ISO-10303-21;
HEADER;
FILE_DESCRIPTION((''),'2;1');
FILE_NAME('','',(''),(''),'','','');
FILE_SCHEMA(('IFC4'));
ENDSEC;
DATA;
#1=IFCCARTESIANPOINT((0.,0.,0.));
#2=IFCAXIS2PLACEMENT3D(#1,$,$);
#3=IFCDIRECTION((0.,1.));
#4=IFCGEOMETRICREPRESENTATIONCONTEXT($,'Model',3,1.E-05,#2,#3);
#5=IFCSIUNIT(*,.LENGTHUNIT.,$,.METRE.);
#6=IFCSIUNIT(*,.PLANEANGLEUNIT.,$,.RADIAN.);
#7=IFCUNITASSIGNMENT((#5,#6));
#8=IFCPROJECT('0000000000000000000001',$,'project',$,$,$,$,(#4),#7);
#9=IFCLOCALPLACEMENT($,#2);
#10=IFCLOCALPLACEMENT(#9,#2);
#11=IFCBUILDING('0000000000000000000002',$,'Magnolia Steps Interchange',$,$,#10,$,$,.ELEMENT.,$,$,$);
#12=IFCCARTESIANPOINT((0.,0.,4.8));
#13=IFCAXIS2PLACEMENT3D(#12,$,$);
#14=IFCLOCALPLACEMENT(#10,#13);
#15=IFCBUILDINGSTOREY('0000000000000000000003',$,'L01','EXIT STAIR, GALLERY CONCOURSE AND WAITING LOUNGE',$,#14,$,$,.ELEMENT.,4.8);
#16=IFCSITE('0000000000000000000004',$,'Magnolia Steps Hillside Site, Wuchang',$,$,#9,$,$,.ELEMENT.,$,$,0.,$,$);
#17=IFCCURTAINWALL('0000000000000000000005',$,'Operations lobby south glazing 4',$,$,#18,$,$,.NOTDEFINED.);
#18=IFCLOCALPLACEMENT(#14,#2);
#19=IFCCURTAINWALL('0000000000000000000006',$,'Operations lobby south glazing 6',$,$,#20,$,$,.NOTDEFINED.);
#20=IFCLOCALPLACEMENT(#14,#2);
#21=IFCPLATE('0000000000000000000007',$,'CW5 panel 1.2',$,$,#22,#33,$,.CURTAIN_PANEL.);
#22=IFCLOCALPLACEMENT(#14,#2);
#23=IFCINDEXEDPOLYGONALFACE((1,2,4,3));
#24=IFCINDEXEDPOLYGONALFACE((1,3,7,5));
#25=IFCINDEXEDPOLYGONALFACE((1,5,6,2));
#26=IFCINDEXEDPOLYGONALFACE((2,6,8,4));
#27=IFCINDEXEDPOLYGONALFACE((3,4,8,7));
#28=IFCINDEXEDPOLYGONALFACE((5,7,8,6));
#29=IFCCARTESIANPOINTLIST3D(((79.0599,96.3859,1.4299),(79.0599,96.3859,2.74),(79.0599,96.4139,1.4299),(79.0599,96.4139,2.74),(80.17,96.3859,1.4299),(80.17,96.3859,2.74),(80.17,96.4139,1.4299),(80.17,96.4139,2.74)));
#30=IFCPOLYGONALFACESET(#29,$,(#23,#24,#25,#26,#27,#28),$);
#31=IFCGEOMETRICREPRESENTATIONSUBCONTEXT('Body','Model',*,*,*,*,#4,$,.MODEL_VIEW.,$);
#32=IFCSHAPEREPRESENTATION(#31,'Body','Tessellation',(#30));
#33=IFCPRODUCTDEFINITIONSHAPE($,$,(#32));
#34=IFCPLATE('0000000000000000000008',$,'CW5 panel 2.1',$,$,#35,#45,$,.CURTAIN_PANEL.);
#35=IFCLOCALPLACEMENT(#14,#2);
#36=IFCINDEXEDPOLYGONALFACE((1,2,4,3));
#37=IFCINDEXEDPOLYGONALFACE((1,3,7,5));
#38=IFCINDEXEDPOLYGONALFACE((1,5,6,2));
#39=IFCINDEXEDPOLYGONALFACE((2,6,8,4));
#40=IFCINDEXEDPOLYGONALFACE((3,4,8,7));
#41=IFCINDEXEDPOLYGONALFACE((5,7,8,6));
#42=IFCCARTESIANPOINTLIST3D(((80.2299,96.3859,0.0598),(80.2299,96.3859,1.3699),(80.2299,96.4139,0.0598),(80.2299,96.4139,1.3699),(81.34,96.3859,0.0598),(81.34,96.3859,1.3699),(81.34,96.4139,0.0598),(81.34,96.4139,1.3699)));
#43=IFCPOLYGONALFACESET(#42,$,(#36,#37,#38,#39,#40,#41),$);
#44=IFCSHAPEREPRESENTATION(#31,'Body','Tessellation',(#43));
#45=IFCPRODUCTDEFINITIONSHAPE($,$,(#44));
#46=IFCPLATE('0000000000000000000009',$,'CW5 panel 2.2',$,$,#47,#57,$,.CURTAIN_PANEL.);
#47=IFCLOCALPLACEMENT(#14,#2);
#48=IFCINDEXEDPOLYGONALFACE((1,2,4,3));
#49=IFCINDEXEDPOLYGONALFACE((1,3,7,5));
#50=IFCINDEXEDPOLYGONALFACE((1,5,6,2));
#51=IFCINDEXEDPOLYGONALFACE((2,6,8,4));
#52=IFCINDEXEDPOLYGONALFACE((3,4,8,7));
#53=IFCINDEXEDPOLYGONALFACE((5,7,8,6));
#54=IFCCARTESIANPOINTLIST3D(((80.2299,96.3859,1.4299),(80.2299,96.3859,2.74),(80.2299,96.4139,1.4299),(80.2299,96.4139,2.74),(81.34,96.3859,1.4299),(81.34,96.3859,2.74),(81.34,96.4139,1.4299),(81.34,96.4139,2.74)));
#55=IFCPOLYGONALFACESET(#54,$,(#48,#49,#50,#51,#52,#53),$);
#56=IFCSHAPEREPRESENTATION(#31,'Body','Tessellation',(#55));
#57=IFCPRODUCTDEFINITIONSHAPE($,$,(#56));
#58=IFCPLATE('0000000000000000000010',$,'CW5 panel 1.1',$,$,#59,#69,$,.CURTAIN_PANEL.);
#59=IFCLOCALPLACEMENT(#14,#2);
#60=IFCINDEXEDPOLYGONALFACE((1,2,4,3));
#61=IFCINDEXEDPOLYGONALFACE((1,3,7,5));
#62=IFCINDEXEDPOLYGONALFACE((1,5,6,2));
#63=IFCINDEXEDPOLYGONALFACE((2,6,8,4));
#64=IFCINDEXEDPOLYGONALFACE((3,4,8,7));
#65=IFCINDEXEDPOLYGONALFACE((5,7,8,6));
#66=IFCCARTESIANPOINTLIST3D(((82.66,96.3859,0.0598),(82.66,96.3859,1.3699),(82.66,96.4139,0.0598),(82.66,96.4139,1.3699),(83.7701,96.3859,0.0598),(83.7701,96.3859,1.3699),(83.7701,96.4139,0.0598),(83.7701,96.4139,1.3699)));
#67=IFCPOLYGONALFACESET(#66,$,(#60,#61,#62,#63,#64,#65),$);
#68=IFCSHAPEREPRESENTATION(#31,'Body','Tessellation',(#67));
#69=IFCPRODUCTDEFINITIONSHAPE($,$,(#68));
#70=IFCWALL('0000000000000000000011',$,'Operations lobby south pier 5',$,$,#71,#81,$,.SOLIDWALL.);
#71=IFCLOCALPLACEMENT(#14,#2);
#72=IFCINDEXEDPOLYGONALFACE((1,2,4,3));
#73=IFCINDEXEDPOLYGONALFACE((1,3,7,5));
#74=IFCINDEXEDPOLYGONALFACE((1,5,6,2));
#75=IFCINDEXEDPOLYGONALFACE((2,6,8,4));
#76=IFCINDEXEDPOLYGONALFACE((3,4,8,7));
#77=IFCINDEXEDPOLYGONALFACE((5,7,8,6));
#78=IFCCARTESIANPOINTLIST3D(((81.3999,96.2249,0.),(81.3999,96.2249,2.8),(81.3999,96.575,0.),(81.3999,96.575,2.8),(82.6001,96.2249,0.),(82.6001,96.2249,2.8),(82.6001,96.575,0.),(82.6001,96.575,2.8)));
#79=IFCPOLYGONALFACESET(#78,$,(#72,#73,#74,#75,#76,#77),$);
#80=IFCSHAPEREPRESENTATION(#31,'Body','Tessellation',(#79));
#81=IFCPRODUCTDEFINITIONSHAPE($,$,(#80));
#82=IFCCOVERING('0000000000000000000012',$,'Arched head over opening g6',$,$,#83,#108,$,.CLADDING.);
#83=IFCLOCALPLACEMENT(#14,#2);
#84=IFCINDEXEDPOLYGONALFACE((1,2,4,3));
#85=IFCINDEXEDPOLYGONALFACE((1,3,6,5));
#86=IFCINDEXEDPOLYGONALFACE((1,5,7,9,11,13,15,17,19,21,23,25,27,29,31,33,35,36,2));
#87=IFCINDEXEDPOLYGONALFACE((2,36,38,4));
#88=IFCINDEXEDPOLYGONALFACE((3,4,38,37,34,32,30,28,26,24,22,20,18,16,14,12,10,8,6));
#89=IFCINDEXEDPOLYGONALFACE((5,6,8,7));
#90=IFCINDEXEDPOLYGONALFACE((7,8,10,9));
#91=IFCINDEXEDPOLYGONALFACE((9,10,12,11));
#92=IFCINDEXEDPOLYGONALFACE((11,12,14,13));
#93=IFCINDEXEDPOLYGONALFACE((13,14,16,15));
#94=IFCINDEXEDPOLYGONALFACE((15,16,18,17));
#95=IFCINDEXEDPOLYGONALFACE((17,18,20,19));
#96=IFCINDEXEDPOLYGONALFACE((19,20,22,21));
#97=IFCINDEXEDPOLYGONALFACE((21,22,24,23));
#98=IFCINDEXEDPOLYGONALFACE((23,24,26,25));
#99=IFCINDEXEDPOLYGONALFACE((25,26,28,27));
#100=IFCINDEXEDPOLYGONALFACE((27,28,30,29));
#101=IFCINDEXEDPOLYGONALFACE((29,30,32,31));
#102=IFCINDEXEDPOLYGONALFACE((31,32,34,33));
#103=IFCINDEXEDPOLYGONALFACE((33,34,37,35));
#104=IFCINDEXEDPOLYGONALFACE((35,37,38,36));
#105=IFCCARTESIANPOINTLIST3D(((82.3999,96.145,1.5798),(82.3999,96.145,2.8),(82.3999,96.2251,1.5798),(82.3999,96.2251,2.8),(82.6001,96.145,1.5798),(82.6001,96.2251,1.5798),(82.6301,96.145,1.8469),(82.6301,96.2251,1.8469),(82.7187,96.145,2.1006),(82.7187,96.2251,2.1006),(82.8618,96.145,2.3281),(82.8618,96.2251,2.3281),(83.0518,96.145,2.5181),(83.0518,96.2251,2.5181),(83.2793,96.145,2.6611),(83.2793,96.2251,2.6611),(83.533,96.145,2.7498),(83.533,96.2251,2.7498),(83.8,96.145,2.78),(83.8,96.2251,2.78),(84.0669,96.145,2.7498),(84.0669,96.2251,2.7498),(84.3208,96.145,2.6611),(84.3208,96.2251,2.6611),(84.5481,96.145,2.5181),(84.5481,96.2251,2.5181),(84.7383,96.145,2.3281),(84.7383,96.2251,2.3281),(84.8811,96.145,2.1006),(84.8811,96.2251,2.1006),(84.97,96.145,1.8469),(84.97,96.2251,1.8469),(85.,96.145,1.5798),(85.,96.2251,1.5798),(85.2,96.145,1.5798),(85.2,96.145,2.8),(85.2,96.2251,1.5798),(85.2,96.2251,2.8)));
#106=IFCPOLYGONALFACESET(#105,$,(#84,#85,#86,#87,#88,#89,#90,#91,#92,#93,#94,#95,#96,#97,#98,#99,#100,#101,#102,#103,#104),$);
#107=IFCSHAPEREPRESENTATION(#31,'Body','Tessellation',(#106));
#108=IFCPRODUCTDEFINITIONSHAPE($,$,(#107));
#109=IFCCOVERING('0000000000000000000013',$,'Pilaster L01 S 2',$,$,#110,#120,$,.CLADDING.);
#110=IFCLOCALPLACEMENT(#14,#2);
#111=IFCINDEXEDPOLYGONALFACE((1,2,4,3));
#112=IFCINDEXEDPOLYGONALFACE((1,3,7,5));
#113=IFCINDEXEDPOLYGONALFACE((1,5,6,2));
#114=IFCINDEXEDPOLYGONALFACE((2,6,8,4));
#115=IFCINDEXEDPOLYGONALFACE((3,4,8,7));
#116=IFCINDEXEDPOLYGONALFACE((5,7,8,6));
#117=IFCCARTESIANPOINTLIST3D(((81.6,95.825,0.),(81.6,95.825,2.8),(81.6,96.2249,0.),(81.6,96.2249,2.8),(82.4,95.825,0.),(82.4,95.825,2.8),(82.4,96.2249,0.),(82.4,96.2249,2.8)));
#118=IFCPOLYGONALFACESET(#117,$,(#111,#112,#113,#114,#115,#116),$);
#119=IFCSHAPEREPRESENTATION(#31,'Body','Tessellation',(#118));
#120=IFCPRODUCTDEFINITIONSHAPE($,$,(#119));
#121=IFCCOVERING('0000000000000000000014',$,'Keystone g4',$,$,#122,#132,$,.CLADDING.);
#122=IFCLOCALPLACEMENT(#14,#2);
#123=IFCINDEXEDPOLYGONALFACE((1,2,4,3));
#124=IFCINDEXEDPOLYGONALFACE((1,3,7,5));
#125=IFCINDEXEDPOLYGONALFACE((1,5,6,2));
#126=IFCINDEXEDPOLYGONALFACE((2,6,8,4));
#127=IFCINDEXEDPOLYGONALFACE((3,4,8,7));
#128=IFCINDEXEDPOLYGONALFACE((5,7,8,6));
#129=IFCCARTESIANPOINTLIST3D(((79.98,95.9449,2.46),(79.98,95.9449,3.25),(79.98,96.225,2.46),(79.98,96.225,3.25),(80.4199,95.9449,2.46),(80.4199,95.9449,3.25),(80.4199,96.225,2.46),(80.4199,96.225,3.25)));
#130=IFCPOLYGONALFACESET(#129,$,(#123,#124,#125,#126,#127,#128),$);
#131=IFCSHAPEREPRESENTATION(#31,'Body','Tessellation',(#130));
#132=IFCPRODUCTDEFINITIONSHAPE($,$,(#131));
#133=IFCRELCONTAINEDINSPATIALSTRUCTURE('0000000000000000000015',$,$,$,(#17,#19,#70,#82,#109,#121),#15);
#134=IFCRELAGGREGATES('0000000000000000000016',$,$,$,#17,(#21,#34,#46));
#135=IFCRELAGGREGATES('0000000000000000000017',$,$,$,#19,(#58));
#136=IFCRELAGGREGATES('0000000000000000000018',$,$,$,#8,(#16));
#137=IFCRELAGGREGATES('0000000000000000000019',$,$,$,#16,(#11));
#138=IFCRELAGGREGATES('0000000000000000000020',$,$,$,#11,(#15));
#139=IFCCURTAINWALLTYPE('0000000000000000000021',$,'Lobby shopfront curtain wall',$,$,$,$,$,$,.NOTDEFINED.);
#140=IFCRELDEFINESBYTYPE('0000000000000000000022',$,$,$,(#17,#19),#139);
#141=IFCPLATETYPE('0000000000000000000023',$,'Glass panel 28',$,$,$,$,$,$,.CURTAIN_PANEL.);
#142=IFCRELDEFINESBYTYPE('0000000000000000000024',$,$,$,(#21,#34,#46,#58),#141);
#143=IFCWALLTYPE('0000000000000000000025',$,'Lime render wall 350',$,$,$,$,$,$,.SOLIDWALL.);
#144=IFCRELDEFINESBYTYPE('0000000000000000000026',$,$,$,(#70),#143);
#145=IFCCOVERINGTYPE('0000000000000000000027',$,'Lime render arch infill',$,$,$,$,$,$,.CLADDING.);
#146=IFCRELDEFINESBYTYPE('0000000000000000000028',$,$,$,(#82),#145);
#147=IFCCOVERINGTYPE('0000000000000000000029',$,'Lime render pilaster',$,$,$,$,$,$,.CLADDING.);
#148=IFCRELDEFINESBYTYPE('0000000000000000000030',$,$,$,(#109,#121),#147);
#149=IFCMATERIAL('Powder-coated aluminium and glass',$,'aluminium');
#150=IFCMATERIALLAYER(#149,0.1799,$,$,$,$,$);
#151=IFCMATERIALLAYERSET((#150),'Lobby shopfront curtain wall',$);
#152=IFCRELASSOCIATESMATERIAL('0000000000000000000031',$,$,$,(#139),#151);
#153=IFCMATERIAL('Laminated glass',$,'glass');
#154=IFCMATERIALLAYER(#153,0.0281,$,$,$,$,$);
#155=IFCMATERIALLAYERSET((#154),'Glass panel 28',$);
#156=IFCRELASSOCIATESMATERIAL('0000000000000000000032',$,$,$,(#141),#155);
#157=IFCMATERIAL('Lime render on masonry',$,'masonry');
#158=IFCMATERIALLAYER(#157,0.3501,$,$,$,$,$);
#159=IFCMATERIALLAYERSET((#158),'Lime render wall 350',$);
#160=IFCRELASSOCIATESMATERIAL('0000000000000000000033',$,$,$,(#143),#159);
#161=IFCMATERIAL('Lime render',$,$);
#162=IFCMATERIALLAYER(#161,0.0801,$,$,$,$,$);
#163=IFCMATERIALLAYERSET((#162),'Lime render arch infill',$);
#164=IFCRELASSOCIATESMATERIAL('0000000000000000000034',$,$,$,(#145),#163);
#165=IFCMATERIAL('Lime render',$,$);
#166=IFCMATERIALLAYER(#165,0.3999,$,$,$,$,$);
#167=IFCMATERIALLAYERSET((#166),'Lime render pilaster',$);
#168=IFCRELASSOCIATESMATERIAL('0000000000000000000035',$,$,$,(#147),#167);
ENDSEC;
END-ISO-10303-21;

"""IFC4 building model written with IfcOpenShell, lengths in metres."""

from ifc_helpers import new_model, si_unit, direction, frame, frame_2d, origin, origin_2d, place, context, subcontext, project, spatial, polyline, rectangle, outline, extrude, material, layer, layer_set, type_object, element, aggregate, save


model = new_model("IFC4")

# Units and contexts
model_context = context("Model", 3, precision=1e-05, world=origin(), true_north=direction((0.0, 1.0)))
body_context = subcontext(model_context, "Body", "Model", "MODEL_VIEW")
ifc_project = project(units=[si_unit("LENGTHUNIT", "METRE"), si_unit("PLANEANGLEUNIT", "RADIAN")], contexts=[model_context])

# Site, building, storey
site_placement = place(None, origin())
site = spatial("IfcSite", under=ifc_project, at=site_placement, Name="Magnolia Steps Hillside Site, Wuchang", CompositionType="ELEMENT", RefElevation=0.0)
building_placement = place(site_placement, origin())
building = spatial("IfcBuilding", under=site, at=building_placement, Name="Magnolia Steps Interchange", CompositionType="ELEMENT")
storey_placement = place(building_placement, frame((0.0, 0.0, 4.8)))
storey = spatial("IfcBuildingStorey", under=building, at=storey_placement, Name="L01", Description="EXIT STAIR, GALLERY CONCOURSE AND WAITING LOUNGE", CompositionType="ELEMENT", Elevation=4.8)

# Curtain wall
ifc_material_1 = material(Name="Powder-coated aluminium and glass", Category="aluminium")
ifc_layer_1 = layer(ifc_material_1, 0.1799)
ifc_layer_set_1 = layer_set([ifc_layer_1], Name="Lobby shopfront curtain wall")
curtain_wall_type = type_object("IfcCurtainWallType", Name="Lobby shopfront curtain wall", PredefinedType="NOTDEFINED", material=ifc_layer_set_1)
curtain_wall_1_placement = place(storey_placement, origin())
curtain_wall_1 = element("IfcCurtainWall", 1, at=curtain_wall_1_placement, inside=storey, type_object=curtain_wall_type, Name="Operations lobby south glazing 4", PredefinedType="NOTDEFINED")

# Curtain wall
curtain_wall_2_placement = place(storey_placement, origin())
curtain_wall_2 = element("IfcCurtainWall", 2, at=curtain_wall_2_placement, inside=storey, type_object=curtain_wall_type, Name="Operations lobby south glazing 6", PredefinedType="NOTDEFINED")

# Plates
ifc_material_2 = material(Name="Laminated glass", Category="glass")
ifc_layer_2 = layer(ifc_material_2, 0.0281)
ifc_layer_set_2 = layer_set([ifc_layer_2], Name="Glass panel 28")
plate_type = type_object("IfcPlateType", Name="Glass panel 28", PredefinedType="CURTAIN_PANEL", material=ifc_layer_set_2)
plate_1_placement = place(storey_placement, frame((79.615, 96.3999, 1.4299), z_axis=(0.0, 0.0, 1.0), x_axis=(1.0, 0.0, 0.0)))
plate_1 = element("IfcPlate", 3, at=plate_1_placement, type_object=plate_type, Name="CW5 panel 1.2", PredefinedType="CURTAIN_PANEL", context=body_context, shape_type="SweptSolid", body=[
    extrude(rectangle(XDim=1.1101, YDim=0.0281, at=origin_2d()), origin(), (0.0, 0.0, 1.0), 1.3101),
])
plate_2_placement = place(storey_placement, frame((80.7849, 96.3999, 0.0598), z_axis=(0.0, 0.0, 1.0), x_axis=(1.0, 0.0, 0.0)))
plate_2 = element("IfcPlate", 4, at=plate_2_placement, type_object=plate_type, Name="CW5 panel 2.1", PredefinedType="CURTAIN_PANEL", context=body_context, shape_type="SweptSolid", body=[
    extrude(rectangle(XDim=1.1101, YDim=0.0281, at=origin_2d()), origin(), (0.0, 0.0, 1.0), 1.3101),
])
plate_3_placement = place(storey_placement, frame((80.7849, 96.3999, 1.4299), z_axis=(0.0, 0.0, 1.0), x_axis=(1.0, 0.0, 0.0)))
plate_3 = element("IfcPlate", 5, at=plate_3_placement, type_object=plate_type, Name="CW5 panel 2.2", PredefinedType="CURTAIN_PANEL", context=body_context, shape_type="SweptSolid", body=[
    extrude(rectangle(XDim=1.1101, YDim=0.0281, at=origin_2d()), origin(), (0.0, 0.0, 1.0), 1.3101),
])
aggregate(curtain_wall_1, [plate_1, plate_2, plate_3])
plate_4_placement = place(storey_placement, frame((83.2151, 96.3999, 0.0598), z_axis=(0.0, 0.0, 1.0), x_axis=(1.0, 0.0, 0.0)))
plate_4 = element("IfcPlate", 6, at=plate_4_placement, type_object=plate_type, Name="CW5 panel 1.1", PredefinedType="CURTAIN_PANEL", context=body_context, shape_type="SweptSolid", body=[
    extrude(rectangle(XDim=1.1101, YDim=0.0281, at=origin_2d()), origin(), (0.0, 0.0, 1.0), 1.3101),
])
aggregate(curtain_wall_2, [plate_4])

# Wall
ifc_material_3 = material(Name="Lime render on masonry", Category="masonry")
ifc_layer_3 = layer(ifc_material_3, 0.3501)
ifc_layer_set_3 = layer_set([ifc_layer_3], Name="Lime render wall 350")
wall_type = type_object("IfcWallType", Name="Lime render wall 350", PredefinedType="SOLIDWALL", material=ifc_layer_set_3)
wall_placement = place(storey_placement, frame((81.3999, 96.3999, 0.0), z_axis=(0.0, 0.0, 1.0), x_axis=(1.0, 0.0, 0.0)))
element("IfcWall", 7, at=wall_placement, inside=storey, type_object=wall_type, Name="Operations lobby south pier 5", PredefinedType="SOLIDWALL", context=body_context, shape_type="SweptSolid", body=[
    extrude(rectangle(XDim=1.2002, YDim=0.3501, at=frame_2d((0.6001, 0.0))), origin(), (0.0, 0.0, 1.0), 2.8),
])

# Coverings
ifc_material_4 = material(Name="Lime render")
ifc_layer_4 = layer(ifc_material_4, 0.0801)
ifc_layer_set_4 = layer_set([ifc_layer_4], Name="Lime render arch infill")
covering_type_1 = type_object("IfcCoveringType", Name="Lime render arch infill", PredefinedType="CLADDING", material=ifc_layer_set_4)
covering_1_placement = place(storey_placement, frame((82.3999, 96.2251, 1.5798), z_axis=(0.0, 1.0, 0.0), x_axis=(0.0, 0.0, 1.0)))
element("IfcCovering", 8, at=covering_1_placement, inside=storey, type_object=covering_type_1, Name="Arched head over opening g6", PredefinedType="CLADDING", context=body_context, shape_type="SweptSolid", body=[
    extrude(outline(polyline([(0.0, 0.0), (1.2202, 0.0), (1.2202, 2.8), (0.0, 2.8), (0.0, 2.6001), (0.2671, 2.5701), (0.5208, 2.4812), (0.7483, 2.3384), (0.9382, 2.1482), (1.0813, 1.9209), (1.1699, 1.667), (1.2002, 1.4001), (1.1699, 1.1331), (1.0813, 0.8794), (0.9382, 0.6519), (0.7483, 0.4619), (0.5208, 0.3188), (0.2671, 0.2302), (0.0, 0.2002), (0.0, 0.0)])), origin(), (0.0, 0.0, -1.0), 0.0801),
])
ifc_material_5 = material(Name="Lime render")
ifc_layer_5 = layer(ifc_material_5, 0.3999)
ifc_layer_set_5 = layer_set([ifc_layer_5], Name="Lime render pilaster")
covering_type_2 = type_object("IfcCoveringType", Name="Lime render pilaster", PredefinedType="CLADDING", material=ifc_layer_set_5)
covering_2_placement = place(storey_placement, frame((82.0, 96.0249, 0.0), z_axis=(0.0, 0.0, 1.0), x_axis=(1.0, 0.0, 0.0)))
element("IfcCovering", 9, at=covering_2_placement, inside=storey, type_object=covering_type_2, Name="Pilaster L01 S 2", PredefinedType="CLADDING", context=body_context, shape_type="SweptSolid", body=[
    extrude(rectangle(XDim=0.8, YDim=0.3999, at=origin_2d()), origin(), (0.0, 0.0, 1.0), 2.8),
])
covering_3_placement = place(storey_placement, frame((80.2, 96.085, 2.46), z_axis=(0.0, 0.0, 1.0), x_axis=(1.0, 0.0, 0.0)))
element("IfcCovering", 10, at=covering_3_placement, inside=storey, type_object=covering_type_2, Name="Keystone g4", PredefinedType="CLADDING", context=body_context, shape_type="SweptSolid", body=[
    extrude(rectangle(XDim=0.4399, YDim=0.28, at=origin_2d()), origin(), (0.0, 0.0, 1.0), 0.79),
])

save(model, "model.ifc")
